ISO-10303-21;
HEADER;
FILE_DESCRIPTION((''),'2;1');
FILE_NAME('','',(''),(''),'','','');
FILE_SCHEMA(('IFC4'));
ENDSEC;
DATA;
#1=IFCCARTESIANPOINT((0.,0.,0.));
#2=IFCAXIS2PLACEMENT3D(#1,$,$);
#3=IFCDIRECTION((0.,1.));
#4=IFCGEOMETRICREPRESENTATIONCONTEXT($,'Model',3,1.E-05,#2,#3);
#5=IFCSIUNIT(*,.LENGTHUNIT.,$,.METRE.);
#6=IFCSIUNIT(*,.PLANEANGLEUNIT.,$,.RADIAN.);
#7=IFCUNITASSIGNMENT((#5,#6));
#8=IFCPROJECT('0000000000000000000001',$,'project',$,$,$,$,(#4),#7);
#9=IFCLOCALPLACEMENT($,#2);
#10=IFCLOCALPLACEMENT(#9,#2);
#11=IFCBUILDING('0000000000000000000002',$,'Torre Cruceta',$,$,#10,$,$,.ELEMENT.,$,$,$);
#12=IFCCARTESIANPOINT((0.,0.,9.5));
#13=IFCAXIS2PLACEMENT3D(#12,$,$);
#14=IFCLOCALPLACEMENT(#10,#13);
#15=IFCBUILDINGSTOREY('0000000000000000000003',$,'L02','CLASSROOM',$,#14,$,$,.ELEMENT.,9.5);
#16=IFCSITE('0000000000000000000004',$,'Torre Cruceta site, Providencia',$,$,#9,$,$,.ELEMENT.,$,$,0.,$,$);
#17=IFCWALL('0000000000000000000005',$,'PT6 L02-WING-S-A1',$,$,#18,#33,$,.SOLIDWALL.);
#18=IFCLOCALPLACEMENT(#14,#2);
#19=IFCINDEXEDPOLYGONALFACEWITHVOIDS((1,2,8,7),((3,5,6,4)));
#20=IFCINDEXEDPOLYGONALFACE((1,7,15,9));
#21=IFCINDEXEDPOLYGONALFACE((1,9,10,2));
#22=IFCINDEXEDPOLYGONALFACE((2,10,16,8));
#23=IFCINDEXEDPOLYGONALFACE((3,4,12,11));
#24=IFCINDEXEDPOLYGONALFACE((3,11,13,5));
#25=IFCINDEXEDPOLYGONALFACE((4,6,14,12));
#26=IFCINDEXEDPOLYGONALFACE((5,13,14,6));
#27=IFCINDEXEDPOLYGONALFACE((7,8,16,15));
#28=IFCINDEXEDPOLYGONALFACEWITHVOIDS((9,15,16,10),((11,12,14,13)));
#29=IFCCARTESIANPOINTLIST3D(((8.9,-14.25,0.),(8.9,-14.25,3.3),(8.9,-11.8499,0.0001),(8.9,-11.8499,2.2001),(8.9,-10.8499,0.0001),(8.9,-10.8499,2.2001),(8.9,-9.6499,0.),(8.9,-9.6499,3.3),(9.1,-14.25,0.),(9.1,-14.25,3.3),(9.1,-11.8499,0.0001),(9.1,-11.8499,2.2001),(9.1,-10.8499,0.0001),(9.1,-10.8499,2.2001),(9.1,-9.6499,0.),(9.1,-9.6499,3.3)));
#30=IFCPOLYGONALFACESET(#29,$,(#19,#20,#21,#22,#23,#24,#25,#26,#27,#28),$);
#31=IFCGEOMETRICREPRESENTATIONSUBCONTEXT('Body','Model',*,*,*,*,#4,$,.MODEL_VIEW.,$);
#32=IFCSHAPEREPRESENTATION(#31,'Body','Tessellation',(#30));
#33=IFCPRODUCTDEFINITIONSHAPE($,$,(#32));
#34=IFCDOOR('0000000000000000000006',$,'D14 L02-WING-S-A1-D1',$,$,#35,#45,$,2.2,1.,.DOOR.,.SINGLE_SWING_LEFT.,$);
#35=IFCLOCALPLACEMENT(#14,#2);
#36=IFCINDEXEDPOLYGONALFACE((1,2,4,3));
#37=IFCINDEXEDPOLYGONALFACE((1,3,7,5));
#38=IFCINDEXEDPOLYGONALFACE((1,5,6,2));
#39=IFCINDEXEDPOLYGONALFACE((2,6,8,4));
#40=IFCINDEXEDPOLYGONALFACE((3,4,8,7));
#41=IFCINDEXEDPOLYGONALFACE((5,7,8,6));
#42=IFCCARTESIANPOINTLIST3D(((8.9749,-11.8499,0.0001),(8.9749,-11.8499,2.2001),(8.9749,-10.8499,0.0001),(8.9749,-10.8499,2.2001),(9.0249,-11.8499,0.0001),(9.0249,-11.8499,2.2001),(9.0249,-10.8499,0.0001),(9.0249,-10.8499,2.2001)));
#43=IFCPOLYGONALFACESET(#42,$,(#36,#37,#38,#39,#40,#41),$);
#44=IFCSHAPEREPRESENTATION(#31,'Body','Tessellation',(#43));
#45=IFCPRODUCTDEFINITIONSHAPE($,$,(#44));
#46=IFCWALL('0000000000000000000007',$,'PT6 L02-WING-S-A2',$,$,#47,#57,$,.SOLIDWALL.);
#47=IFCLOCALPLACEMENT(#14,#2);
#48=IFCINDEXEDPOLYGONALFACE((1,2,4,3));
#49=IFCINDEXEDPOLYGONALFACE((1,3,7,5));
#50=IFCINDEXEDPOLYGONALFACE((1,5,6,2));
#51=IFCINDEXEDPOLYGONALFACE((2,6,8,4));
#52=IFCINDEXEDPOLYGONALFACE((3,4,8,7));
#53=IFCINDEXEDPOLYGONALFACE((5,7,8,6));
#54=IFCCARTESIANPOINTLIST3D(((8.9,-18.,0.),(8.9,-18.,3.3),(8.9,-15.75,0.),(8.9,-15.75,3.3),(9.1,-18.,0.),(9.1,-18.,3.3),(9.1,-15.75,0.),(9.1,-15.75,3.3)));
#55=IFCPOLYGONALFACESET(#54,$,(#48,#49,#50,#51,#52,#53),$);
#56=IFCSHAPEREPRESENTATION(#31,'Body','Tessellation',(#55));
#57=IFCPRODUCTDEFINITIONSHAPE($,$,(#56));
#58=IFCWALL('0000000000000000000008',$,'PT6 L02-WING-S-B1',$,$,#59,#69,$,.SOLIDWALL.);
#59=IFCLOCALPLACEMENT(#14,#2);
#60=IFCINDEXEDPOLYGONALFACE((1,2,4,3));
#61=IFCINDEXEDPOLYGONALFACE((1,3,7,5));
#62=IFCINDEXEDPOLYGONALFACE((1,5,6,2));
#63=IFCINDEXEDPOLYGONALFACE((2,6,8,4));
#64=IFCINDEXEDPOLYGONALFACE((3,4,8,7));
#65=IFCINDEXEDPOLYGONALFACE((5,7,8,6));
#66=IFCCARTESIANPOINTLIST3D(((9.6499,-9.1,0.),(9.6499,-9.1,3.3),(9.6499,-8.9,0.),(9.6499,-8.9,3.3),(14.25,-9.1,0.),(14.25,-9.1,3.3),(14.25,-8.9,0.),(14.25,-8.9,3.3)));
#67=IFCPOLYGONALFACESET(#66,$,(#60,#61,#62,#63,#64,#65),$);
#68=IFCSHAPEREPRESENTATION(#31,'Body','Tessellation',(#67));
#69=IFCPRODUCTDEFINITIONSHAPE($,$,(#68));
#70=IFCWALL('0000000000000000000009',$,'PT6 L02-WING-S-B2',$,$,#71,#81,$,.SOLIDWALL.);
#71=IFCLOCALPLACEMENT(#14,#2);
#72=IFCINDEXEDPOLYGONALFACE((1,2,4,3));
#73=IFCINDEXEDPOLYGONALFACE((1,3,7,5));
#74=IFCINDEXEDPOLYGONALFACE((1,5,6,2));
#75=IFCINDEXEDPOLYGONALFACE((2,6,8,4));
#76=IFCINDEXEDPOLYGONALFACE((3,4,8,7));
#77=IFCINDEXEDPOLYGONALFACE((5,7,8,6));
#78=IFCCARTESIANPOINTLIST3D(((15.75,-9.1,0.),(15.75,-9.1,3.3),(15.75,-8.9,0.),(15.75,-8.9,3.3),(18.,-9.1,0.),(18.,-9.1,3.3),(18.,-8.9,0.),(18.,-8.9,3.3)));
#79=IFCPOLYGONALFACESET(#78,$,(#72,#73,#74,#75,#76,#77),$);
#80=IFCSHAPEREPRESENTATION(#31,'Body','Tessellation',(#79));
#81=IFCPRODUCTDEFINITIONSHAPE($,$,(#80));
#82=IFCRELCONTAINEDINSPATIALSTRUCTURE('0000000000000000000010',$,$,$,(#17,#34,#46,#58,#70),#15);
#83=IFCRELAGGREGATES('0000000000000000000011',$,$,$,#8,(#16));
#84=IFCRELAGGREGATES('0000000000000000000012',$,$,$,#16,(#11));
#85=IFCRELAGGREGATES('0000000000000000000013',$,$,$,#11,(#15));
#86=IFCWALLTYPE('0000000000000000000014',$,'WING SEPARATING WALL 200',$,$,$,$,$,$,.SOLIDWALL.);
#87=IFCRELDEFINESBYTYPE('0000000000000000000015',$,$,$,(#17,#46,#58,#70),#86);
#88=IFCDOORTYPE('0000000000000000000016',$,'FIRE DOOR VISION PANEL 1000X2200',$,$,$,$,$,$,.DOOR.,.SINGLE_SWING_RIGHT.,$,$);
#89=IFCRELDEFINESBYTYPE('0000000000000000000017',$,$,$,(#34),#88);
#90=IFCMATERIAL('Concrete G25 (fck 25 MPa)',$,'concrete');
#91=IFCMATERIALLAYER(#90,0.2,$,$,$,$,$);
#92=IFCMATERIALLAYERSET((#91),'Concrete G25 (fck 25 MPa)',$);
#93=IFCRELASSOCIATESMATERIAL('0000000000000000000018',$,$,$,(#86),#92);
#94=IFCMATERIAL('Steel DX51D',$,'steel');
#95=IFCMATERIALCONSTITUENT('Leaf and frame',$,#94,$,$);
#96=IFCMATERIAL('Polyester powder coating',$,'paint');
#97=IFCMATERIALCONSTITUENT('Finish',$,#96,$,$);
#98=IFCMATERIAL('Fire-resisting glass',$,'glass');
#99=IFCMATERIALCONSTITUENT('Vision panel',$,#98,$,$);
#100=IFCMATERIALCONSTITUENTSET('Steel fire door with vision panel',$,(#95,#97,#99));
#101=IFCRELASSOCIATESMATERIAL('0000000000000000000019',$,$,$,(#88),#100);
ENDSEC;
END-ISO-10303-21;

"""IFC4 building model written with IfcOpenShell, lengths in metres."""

from ifc_helpers import new_model, si_unit, direction, frame, frame_2d, origin, place, context, subcontext, project, spatial, rectangle, extrude, material, layer, layer_set, constituent, constituent_set, type_object, element, fill, save


model = new_model("IFC4")

# Units and contexts
model_context = context("Model", 3, precision=1e-05, world=origin(), true_north=direction((0.0, 1.0)))
body_context = subcontext(model_context, "Body", "Model", "MODEL_VIEW")
ifc_project = project(units=[si_unit("LENGTHUNIT", "METRE"), si_unit("PLANEANGLEUNIT", "RADIAN")], contexts=[model_context])

# Site, building, storey
site_placement = place(None, origin())
site = spatial("IfcSite", under=ifc_project, at=site_placement, Name="Torre Cruceta site, Providencia", CompositionType="ELEMENT", RefElevation=0.0)
building_placement = place(site_placement, origin())
building = spatial("IfcBuilding", under=site, at=building_placement, Name="Torre Cruceta", CompositionType="ELEMENT")
storey_placement = place(building_placement, frame((0.0, 0.0, 9.5)))
storey = spatial("IfcBuildingStorey", under=building, at=storey_placement, Name="L02", Description="CLASSROOM", CompositionType="ELEMENT", Elevation=9.5)

# Wall, opening, door
ifc_material_1 = material(Name="Concrete G25 (fck 25 MPa)", Category="concrete")
ifc_layer_1 = layer(ifc_material_1, 0.2)
ifc_layer_set_1 = layer_set([ifc_layer_1], Name="Concrete G25 (fck 25 MPa)")
wall_type_1 = type_object("IfcWallType", Name="WING SEPARATING WALL 200", PredefinedType="SOLIDWALL", material=ifc_layer_set_1)
wall_1_placement = place(storey_placement, frame((9.0, -9.6499, 0.0), z_axis=(0.0, 0.0, 1.0), x_axis=(0.0, -1.0, 0.0)))
wall_1 = element("IfcWall", 1, at=wall_1_placement, inside=storey, type_object=wall_type_1, Name="PT6 L02-WING-S-A1", PredefinedType="SOLIDWALL", context=body_context, shape_type="SweptSolid", body=[
    extrude(rectangle(XDim=4.6001, YDim=0.2, at=frame_2d((2.3, 0.0))), origin(), (0.0, 0.0, 1.0), 3.3),
])
opening_1_placement = place(wall_1_placement, frame((1.2, 0.0, 0.0)))
opening_1 = element("IfcOpeningElement", 2, at=opening_1_placement, cuts=wall_1, PredefinedType="OPENING", context=body_context, shape_type="SweptSolid", body=[
    extrude(rectangle(XDim=1.0, YDim=2.2, at=frame_2d((0.5, 1.1001))), frame((0.0, 0.1099, 0.0), z_axis=(0.0, -1.0, 0.0), x_axis=(1.0, 0.0, 0.0)), (0.0, 0.0, 1.0), 0.22),
])
ifc_material_2 = material(Name="Steel DX51D", Category="steel")
ifc_constituent_1 = constituent(ifc_material_2, Name="Leaf and frame")
ifc_material_3 = material(Name="Polyester powder coating", Category="paint")
ifc_constituent_2 = constituent(ifc_material_3, Name="Finish")
ifc_material_4 = material(Name="Fire-resisting glass", Category="glass")
ifc_constituent_3 = constituent(ifc_material_4, Name="Vision panel")
ifc_constituent_set_1 = constituent_set(constituents=[ifc_constituent_1, ifc_constituent_2, ifc_constituent_3], Name="Steel fire door with vision panel")
door_type_1 = type_object("IfcDoorType", Name="FIRE DOOR VISION PANEL 1000X2200", OperationType="SINGLE_SWING_RIGHT", PredefinedType="DOOR", material=ifc_constituent_set_1)
door_1_placement = place(opening_1_placement, origin())
door_1 = element("IfcDoor", 3, at=door_1_placement, inside=storey, type_object=door_type_1, Name="D14 L02-WING-S-A1-D1", OperationType="SINGLE_SWING_LEFT", OverallHeight=2.2, OverallWidth=1.0, PredefinedType="DOOR", context=body_context, shape_type="SweptSolid", body=[
    extrude(rectangle(XDim=1.0, YDim=2.2, at=frame_2d((0.5, 1.1001))), frame((0.0, 0.0249, 0.0), z_axis=(0.0, -1.0, 0.0), x_axis=(1.0, 0.0, 0.0)), (0.0, 0.0, 1.0), 0.05),
])
fill(opening_1, door_1)

# Walls
wall_2_placement = place(storey_placement, frame((9.0, -15.75, 0.0), z_axis=(0.0, 0.0, 1.0), x_axis=(0.0, -1.0, 0.0)))
element("IfcWall", 4, at=wall_2_placement, inside=storey, type_object=wall_type_1, Name="PT6 L02-WING-S-A2", PredefinedType="SOLIDWALL", context=body_context, shape_type="SweptSolid", body=[
    extrude(rectangle(XDim=2.25, YDim=0.2, at=frame_2d((1.125, 0.0))), origin(), (0.0, 0.0, 1.0), 3.3),
])
wall_3_placement = place(storey_placement, frame((14.25, -9.0, 0.0), z_axis=(0.0, 0.0, 1.0), x_axis=(-1.0, 0.0, 0.0)))
element("IfcWall", 5, at=wall_3_placement, inside=storey, type_object=wall_type_1, Name="PT6 L02-WING-S-B1", PredefinedType="SOLIDWALL", context=body_context, shape_type="SweptSolid", body=[
    extrude(rectangle(XDim=4.6001, YDim=0.2, at=frame_2d((2.3, 0.0))), origin(), (0.0, 0.0, 1.0), 3.3),
])
wall_4_placement = place(storey_placement, frame((18.0, -9.0, 0.0), z_axis=(0.0, 0.0, 1.0), x_axis=(-1.0, 0.0, 0.0)))
element("IfcWall", 6, at=wall_4_placement, inside=storey, type_object=wall_type_1, Name="PT6 L02-WING-S-B2", PredefinedType="SOLIDWALL", context=body_context, shape_type="SweptSolid", body=[
    extrude(rectangle(XDim=2.25, YDim=0.2, at=frame_2d((1.125, 0.0))), origin(), (0.0, 0.0, 1.0), 3.3),
])

save(model, "model.ifc")
